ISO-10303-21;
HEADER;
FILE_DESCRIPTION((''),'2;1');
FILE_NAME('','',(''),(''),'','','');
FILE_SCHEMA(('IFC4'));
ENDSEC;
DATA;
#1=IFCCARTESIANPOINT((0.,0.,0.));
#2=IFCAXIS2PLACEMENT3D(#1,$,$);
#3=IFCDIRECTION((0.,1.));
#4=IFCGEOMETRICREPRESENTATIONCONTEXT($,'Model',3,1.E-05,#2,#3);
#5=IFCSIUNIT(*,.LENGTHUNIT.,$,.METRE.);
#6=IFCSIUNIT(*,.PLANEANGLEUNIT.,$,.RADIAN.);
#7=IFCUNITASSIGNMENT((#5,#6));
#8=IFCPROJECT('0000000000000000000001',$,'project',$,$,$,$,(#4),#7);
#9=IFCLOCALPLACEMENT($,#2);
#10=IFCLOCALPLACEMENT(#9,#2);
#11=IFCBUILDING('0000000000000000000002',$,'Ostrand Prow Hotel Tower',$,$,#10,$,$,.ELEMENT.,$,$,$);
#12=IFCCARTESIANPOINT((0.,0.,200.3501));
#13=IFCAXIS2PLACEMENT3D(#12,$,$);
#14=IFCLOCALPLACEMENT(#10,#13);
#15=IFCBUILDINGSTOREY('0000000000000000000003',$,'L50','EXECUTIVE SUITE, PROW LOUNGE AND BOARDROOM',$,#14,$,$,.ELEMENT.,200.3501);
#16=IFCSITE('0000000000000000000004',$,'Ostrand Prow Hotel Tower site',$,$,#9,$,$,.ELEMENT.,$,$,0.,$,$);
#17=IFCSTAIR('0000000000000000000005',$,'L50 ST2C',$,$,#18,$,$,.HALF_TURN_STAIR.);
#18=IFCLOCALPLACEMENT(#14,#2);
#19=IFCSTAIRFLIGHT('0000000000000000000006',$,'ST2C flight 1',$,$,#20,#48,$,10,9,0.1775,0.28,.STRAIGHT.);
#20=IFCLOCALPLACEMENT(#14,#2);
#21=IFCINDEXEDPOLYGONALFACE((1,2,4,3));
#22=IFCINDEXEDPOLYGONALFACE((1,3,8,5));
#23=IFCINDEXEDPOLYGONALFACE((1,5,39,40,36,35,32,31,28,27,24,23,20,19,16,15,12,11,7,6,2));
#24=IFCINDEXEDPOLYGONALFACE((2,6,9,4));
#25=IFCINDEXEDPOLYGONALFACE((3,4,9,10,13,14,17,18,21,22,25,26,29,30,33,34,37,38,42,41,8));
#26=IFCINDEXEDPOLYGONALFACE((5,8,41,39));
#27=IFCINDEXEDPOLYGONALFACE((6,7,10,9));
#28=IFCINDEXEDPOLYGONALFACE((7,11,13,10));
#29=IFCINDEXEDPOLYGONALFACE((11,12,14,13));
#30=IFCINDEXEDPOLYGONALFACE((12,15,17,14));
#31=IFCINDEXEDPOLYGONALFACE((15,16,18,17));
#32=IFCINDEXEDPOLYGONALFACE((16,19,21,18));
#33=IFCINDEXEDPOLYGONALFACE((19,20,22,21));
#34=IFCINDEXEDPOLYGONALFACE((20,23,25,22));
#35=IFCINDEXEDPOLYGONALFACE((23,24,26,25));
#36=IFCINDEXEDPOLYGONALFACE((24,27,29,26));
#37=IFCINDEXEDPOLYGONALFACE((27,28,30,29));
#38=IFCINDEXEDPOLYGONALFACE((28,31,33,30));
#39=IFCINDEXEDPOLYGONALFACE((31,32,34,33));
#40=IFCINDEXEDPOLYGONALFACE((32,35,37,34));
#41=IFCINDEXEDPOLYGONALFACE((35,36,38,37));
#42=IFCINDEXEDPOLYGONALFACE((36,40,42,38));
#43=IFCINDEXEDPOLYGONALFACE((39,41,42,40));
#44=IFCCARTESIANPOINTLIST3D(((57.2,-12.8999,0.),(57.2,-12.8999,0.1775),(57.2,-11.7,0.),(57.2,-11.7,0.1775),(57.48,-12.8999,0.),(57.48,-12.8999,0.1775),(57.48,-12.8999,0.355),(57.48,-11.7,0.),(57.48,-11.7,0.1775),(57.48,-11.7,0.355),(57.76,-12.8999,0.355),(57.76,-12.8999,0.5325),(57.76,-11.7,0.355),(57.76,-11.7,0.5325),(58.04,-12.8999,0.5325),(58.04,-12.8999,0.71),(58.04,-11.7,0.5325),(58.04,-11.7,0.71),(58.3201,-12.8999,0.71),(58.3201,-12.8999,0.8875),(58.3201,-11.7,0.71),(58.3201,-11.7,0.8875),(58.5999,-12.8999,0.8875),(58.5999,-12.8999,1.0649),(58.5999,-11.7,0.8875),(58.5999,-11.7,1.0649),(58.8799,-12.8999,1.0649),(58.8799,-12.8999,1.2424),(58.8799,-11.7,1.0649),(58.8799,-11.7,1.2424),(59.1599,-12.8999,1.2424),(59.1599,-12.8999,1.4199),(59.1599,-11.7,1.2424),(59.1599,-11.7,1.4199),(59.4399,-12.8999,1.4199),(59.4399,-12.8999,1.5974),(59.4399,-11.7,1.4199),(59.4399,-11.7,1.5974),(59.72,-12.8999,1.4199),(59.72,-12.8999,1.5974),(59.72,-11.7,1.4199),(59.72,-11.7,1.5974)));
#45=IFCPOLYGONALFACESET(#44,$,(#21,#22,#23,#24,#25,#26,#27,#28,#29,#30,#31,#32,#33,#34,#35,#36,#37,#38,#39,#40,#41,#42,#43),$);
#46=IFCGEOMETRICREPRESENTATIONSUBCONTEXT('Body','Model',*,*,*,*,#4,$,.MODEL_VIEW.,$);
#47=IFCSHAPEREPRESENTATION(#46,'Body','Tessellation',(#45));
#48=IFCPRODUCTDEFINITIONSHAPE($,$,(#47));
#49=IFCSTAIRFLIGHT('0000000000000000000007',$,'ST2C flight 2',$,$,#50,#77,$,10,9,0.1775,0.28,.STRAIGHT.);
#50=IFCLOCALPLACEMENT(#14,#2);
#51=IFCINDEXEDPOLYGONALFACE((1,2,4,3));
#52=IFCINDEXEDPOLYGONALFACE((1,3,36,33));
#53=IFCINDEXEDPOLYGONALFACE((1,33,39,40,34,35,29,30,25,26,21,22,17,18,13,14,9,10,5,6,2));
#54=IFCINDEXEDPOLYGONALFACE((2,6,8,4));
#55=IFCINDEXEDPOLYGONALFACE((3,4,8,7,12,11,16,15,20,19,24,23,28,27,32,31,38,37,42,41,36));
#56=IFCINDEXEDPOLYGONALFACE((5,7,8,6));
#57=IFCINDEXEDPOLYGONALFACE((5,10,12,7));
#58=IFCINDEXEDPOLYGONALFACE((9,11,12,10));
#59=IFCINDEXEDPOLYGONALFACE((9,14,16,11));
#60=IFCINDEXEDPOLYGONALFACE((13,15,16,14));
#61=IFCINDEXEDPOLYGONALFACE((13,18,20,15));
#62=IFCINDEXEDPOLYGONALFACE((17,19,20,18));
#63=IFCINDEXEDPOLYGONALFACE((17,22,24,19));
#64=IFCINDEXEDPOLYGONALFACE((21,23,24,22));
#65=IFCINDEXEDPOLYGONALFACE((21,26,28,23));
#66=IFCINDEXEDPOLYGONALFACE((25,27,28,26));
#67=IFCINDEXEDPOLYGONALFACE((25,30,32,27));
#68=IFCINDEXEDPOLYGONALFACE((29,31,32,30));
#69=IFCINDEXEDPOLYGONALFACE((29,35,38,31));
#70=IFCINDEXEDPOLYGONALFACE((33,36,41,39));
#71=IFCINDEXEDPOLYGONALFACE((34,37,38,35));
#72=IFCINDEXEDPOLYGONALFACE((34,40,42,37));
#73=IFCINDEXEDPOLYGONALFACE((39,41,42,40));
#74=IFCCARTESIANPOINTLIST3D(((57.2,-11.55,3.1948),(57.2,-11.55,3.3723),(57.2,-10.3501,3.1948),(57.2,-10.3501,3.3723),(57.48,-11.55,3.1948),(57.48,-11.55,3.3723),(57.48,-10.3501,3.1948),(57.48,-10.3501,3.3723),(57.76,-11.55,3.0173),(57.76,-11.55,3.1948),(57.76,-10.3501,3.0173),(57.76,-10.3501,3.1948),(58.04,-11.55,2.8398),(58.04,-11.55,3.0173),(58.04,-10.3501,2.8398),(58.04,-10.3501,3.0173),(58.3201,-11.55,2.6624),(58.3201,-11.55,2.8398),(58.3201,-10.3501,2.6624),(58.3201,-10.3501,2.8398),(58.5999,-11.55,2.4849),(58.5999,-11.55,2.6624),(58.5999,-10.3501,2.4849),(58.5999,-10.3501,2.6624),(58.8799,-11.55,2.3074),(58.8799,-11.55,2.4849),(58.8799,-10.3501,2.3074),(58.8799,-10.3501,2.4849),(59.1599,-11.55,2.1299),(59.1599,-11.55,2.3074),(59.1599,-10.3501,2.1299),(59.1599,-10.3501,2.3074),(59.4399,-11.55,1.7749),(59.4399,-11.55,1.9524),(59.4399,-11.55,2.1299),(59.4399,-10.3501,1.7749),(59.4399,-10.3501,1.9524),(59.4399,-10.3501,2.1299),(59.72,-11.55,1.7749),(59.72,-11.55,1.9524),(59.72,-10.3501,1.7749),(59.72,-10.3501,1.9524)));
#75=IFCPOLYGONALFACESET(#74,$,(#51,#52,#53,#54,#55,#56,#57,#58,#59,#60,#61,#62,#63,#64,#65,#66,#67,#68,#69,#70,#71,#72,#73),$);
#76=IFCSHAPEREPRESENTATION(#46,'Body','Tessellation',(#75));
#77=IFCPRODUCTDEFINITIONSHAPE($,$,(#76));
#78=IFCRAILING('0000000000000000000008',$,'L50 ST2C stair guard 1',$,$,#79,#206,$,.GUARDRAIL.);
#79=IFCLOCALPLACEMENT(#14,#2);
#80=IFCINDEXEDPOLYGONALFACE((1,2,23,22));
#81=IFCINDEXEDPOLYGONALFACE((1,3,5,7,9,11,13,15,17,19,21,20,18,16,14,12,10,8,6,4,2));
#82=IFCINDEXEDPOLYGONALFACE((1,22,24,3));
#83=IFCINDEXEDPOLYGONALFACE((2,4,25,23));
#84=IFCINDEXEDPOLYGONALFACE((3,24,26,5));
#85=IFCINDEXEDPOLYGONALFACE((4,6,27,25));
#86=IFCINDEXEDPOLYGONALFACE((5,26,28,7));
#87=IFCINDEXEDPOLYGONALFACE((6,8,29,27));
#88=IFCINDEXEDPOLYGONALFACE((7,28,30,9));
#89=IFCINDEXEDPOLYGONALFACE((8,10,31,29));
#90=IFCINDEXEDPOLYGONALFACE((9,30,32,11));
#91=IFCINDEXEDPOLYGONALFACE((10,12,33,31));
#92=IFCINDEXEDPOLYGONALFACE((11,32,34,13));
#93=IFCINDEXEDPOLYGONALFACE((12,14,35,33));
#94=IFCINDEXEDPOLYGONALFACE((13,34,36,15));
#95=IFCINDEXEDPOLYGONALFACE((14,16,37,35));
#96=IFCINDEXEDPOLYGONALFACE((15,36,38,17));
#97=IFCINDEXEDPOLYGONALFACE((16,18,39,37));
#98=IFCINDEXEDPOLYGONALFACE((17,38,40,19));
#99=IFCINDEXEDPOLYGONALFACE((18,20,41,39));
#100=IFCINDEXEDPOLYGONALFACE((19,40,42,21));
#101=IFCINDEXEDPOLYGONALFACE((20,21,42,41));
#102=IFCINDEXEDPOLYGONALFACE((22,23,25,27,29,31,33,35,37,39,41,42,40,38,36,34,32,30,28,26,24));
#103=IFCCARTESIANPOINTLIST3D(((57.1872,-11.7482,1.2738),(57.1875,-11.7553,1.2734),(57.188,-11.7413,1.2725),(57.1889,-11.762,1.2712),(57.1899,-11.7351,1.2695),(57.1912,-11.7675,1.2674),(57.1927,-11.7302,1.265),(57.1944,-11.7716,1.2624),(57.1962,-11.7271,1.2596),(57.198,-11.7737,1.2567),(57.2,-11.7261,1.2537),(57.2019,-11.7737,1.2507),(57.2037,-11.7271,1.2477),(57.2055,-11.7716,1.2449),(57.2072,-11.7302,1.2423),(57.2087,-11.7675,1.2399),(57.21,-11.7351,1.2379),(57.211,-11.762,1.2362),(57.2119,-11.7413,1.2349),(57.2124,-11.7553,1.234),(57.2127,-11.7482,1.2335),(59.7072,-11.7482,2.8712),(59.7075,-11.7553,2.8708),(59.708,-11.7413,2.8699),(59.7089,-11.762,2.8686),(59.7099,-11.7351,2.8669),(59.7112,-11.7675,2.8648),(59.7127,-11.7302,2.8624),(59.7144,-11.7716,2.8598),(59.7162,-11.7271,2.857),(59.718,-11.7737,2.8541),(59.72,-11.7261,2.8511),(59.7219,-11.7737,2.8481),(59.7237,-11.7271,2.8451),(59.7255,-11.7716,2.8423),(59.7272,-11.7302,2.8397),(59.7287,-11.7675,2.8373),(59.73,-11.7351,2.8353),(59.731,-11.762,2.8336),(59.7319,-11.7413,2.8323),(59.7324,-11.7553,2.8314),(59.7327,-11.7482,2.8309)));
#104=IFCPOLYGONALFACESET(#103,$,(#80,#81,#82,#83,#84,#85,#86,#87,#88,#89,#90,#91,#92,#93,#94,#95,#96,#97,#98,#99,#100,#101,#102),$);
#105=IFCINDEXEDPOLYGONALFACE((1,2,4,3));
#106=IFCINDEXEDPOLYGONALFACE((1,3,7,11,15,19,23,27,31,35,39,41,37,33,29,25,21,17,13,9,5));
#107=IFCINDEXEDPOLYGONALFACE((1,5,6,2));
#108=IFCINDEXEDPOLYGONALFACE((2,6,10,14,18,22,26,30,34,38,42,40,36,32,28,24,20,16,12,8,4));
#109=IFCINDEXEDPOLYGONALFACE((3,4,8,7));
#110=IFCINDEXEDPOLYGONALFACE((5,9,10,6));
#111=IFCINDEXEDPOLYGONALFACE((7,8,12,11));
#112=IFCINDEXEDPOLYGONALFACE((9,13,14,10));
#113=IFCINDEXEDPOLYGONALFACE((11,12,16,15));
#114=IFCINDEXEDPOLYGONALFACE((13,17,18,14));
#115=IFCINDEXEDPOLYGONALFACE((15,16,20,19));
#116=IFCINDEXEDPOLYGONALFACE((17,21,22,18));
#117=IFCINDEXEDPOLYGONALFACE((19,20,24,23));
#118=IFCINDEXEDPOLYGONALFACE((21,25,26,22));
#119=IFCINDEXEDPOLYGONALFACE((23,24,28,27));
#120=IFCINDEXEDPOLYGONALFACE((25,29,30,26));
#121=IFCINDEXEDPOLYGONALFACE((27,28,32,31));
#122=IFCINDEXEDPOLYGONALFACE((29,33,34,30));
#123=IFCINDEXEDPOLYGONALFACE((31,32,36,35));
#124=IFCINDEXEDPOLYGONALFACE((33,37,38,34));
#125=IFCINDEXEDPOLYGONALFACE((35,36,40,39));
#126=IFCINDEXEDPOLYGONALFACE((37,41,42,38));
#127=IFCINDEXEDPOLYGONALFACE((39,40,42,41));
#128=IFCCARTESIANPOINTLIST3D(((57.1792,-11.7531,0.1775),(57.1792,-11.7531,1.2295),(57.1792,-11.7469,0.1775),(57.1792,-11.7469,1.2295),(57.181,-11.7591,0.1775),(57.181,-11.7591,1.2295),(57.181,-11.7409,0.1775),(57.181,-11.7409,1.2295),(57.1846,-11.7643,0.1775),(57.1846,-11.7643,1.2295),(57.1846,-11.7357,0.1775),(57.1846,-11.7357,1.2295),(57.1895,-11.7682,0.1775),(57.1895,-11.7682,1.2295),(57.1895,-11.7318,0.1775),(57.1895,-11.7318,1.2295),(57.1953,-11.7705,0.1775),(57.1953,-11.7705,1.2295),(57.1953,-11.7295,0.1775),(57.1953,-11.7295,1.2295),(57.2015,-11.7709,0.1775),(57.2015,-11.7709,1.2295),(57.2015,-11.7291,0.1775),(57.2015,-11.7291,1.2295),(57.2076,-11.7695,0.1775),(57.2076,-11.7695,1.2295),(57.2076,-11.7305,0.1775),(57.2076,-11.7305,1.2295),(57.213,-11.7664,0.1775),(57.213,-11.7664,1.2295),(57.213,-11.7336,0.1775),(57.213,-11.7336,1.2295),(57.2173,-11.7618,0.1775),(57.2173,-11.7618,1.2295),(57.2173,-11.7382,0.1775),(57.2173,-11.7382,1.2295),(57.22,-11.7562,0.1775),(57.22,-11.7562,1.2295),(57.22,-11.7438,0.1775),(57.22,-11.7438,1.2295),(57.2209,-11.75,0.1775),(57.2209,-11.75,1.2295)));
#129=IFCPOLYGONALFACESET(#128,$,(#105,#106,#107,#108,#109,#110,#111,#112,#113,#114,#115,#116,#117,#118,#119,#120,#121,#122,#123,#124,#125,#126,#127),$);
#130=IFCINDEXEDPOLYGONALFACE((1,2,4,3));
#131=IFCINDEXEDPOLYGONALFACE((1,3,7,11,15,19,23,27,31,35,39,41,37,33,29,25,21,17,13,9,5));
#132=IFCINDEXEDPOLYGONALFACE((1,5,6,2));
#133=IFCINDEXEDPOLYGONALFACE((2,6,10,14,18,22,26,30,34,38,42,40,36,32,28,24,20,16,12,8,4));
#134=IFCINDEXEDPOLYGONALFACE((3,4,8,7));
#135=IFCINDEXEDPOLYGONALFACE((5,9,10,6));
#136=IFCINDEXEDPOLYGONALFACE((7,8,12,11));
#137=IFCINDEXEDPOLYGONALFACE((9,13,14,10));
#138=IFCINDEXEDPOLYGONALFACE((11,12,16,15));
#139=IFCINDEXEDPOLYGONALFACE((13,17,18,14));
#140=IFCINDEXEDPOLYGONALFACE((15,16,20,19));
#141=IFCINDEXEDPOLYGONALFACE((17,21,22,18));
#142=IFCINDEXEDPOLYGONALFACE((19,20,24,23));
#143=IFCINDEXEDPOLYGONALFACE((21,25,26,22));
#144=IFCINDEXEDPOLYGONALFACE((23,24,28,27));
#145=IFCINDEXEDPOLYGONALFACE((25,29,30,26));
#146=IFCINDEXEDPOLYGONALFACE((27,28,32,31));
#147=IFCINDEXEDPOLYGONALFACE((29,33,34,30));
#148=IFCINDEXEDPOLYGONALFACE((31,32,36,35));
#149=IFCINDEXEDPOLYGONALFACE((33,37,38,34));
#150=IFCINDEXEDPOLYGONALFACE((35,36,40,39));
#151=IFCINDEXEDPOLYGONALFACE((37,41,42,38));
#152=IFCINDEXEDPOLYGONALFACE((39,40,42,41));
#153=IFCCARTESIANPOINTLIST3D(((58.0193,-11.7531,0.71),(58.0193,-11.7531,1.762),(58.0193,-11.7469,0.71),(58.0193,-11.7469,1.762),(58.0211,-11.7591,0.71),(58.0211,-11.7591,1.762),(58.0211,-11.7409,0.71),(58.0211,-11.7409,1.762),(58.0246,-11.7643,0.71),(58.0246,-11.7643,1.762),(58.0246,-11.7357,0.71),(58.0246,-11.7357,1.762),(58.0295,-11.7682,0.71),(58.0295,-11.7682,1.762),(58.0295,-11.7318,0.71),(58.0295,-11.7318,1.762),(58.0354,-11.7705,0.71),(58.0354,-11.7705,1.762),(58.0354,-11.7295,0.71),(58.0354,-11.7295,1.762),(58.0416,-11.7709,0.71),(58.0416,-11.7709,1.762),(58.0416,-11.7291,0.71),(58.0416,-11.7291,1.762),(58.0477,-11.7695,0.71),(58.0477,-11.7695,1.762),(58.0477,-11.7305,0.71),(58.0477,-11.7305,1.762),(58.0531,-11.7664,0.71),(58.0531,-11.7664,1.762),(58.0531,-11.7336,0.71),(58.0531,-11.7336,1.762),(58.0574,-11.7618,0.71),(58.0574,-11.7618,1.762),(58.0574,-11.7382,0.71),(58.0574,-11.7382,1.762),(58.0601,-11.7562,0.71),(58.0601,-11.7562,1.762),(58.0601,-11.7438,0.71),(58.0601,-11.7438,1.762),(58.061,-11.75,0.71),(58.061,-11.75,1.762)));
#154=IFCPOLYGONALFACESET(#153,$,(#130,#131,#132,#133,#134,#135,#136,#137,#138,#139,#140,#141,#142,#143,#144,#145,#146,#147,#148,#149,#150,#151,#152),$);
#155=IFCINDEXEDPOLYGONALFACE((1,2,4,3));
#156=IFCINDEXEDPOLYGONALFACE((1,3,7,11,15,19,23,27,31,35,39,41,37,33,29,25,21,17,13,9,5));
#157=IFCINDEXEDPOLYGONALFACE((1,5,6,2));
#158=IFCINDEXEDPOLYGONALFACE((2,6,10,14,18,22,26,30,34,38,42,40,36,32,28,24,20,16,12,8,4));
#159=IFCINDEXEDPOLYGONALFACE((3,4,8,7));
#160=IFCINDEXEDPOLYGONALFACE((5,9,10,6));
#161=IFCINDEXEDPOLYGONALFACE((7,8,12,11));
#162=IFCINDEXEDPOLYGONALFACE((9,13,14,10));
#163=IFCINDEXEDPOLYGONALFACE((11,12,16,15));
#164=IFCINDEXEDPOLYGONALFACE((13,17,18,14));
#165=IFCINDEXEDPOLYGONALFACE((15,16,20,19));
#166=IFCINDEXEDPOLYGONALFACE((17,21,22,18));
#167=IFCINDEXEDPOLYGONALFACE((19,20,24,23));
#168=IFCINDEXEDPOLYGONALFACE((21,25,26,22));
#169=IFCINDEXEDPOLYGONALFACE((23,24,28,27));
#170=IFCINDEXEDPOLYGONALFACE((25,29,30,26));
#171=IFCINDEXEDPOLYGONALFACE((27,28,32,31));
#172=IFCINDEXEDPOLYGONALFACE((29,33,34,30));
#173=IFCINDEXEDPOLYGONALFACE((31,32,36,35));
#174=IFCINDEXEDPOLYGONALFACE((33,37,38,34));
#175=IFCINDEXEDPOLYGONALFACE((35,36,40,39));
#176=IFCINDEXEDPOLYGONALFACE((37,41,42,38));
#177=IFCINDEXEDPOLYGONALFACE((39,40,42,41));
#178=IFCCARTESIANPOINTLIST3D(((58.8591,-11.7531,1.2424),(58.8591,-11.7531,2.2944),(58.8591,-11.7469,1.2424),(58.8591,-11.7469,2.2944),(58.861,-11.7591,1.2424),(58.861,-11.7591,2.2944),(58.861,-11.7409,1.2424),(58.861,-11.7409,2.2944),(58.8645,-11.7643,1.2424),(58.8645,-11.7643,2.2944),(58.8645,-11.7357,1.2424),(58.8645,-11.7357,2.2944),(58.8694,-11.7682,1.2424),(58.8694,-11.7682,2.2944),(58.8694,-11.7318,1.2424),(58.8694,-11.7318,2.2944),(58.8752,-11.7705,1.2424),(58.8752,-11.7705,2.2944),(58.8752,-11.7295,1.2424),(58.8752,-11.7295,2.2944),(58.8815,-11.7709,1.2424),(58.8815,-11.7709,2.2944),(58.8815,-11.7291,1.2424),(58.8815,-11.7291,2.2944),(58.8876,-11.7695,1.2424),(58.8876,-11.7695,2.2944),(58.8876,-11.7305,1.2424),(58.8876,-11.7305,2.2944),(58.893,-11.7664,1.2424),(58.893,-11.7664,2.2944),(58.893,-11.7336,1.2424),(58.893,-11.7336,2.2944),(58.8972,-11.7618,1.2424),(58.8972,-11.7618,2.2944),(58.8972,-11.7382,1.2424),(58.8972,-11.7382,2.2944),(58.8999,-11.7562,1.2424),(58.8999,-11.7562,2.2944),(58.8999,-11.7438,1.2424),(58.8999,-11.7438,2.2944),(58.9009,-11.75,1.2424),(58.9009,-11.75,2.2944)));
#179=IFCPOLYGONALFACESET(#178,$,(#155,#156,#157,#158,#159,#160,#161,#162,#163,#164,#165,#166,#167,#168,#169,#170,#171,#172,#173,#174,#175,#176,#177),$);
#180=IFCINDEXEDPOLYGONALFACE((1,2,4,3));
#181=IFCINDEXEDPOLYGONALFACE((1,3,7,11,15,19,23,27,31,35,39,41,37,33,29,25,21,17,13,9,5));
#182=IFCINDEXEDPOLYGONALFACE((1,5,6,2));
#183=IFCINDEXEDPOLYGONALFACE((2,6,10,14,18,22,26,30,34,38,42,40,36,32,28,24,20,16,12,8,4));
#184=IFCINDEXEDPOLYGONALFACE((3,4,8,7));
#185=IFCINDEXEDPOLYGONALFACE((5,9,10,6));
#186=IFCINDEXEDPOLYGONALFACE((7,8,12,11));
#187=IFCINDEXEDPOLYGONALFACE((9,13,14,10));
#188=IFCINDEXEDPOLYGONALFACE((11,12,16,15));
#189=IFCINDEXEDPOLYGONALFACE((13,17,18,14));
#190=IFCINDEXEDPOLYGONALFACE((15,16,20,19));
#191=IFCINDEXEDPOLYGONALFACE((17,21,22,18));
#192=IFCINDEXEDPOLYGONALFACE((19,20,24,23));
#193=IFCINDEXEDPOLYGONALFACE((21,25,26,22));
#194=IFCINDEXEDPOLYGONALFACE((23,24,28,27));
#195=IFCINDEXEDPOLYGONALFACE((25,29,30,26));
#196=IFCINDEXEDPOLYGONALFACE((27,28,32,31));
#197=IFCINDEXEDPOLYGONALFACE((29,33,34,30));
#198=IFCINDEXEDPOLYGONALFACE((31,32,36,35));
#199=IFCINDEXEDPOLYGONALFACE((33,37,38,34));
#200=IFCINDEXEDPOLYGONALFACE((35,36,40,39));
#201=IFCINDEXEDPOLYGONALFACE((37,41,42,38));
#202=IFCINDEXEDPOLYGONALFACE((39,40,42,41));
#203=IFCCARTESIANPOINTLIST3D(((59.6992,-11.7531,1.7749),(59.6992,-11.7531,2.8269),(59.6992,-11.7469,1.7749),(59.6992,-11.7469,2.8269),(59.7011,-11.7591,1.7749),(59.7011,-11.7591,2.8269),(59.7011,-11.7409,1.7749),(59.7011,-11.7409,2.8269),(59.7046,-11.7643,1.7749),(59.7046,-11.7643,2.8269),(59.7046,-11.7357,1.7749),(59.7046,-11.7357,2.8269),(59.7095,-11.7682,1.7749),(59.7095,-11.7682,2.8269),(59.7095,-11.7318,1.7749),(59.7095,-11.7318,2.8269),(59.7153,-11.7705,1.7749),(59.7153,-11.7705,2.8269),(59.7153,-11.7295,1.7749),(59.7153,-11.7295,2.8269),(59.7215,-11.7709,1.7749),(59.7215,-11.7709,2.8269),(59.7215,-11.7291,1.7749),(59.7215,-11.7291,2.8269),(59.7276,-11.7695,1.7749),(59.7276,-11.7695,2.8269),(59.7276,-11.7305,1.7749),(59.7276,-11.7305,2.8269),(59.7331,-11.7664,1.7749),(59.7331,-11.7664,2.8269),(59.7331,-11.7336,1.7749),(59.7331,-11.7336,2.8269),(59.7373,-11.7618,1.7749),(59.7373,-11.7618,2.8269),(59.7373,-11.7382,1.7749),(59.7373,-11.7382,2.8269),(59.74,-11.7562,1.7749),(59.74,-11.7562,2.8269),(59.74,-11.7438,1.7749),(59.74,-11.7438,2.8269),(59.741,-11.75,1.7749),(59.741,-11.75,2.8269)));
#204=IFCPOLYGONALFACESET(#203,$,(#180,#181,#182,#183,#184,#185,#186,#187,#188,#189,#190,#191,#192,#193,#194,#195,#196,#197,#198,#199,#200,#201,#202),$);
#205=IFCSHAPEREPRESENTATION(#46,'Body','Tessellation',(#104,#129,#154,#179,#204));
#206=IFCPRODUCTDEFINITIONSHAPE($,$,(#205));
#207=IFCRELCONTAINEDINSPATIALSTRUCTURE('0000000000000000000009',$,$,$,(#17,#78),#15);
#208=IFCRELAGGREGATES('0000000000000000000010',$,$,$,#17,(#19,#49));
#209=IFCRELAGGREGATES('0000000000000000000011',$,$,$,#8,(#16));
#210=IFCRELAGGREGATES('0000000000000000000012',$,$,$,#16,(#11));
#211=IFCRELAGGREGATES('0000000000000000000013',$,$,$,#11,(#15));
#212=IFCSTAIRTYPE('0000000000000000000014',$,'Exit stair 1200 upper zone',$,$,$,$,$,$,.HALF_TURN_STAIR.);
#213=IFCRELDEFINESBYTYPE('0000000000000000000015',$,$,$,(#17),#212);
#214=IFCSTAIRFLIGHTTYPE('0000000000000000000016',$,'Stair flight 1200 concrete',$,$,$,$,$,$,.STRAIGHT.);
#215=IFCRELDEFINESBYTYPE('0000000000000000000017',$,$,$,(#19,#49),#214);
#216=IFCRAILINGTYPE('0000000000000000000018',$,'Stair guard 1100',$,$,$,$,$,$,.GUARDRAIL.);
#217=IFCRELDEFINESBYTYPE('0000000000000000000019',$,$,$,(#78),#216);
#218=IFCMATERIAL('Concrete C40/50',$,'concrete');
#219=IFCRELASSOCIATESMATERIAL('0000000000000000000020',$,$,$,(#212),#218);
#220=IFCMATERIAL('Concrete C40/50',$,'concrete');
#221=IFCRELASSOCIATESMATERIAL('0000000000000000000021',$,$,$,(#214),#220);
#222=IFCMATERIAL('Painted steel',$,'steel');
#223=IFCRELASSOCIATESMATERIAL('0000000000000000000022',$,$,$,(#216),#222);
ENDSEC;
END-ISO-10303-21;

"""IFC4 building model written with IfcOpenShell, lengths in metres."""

from ifc_helpers import new_model, si_unit, direction, frame, origin, origin_2d, place, context, subcontext, project, spatial, polyline, circle, outline, extrude, material, type_object, element, aggregate, save


model = new_model("IFC4")

# Units and contexts
model_context = context("Model", 3, precision=1e-05, world=origin(), true_north=direction((0.0, 1.0)))
body_context = subcontext(model_context, "Body", "Model", "MODEL_VIEW")
ifc_project = project(units=[si_unit("LENGTHUNIT", "METRE"), si_unit("PLANEANGLEUNIT", "RADIAN")], contexts=[model_context])

# Site, building, storey
site_placement = place(None, origin())
site = spatial("IfcSite", under=ifc_project, at=site_placement, Name="Ostrand Prow Hotel Tower site", CompositionType="ELEMENT", RefElevation=0.0)
building_placement = place(site_placement, origin())
building = spatial("IfcBuilding", under=site, at=building_placement, Name="Ostrand Prow Hotel Tower", CompositionType="ELEMENT")
storey_placement = place(building_placement, frame((0.0, 0.0, 200.3501)))
storey = spatial("IfcBuildingStorey", under=building, at=storey_placement, Name="L50", Description="EXECUTIVE SUITE, PROW LOUNGE AND BOARDROOM", CompositionType="ELEMENT", Elevation=200.3501)

# Stair, stair flights
ifc_material_1 = material(Name="Concrete C40/50", Category="concrete")
stair_type = type_object("IfcStairType", Name="Exit stair 1200 upper zone", PredefinedType="HALF_TURN_STAIR", material=ifc_material_1)
stair_placement = place(storey_placement, origin())
stair = element("IfcStair", 1, at=stair_placement, inside=storey, type_object=stair_type, Name="L50 ST2C", PredefinedType="HALF_TURN_STAIR")
ifc_material_2 = material(Name="Concrete C40/50", Category="concrete")
stair_flight_type = type_object("IfcStairFlightType", Name="Stair flight 1200 concrete", PredefinedType="STRAIGHT", material=ifc_material_2)
stair_flight_1_placement = place(storey_placement, frame((57.2, -12.3, 0.0), z_axis=(0.0, 0.0, 1.0), x_axis=(1.0, 0.0, 0.0)))
stair_flight_1 = element("IfcStairFlight", 2, at=stair_flight_1_placement, type_object=stair_flight_type, Name="ST2C flight 1", NumberOfRisers=10, NumberOfTreads=9, PredefinedType="STRAIGHT", RiserHeight=0.1775, TreadLength=0.28, context=body_context, shape_type="SweptSolid", body=[
    extrude(outline(polyline([(0.0, 0.0), (0.0, 0.1775), (0.28, 0.1775), (0.28, 0.355), (0.5601, 0.355), (0.5601, 0.5325), (0.8401, 0.5325), (0.8401, 0.71), (1.1201, 0.71), (1.1201, 0.8875), (1.3999, 0.8875), (1.3999, 1.0649), (1.6799, 1.0649), (1.6799, 1.2424), (1.96, 1.2424), (1.96, 1.4199), (2.24, 1.4199), (2.24, 1.5974), (2.52, 1.5974), (2.52, 1.7749), (2.52, 1.4199), (0.28, 0.0), (0.0, 0.0)])), frame((0.0, 0.6001, 0.0), z_axis=(0.0, -1.0, 0.0), x_axis=(1.0, 0.0, 0.0)), (0.0, 0.0, 1.0), 1.2),
])
stair_flight_2_placement = place(storey_placement, frame((59.72, -10.95, 1.7749), z_axis=(0.0, 0.0, 1.0), x_axis=(-1.0, 0.0, 0.0)))
stair_flight_2 = element("IfcStairFlight", 3, at=stair_flight_2_placement, type_object=stair_flight_type, Name="ST2C flight 2", NumberOfRisers=10, NumberOfTreads=9, PredefinedType="STRAIGHT", RiserHeight=0.1775, TreadLength=0.28, context=body_context, shape_type="SweptSolid", body=[
    extrude(outline(polyline([(0.0, 0.0), (0.0, 0.1775), (0.28, 0.1775), (0.28, 0.355), (0.5601, 0.355), (0.5601, 0.5325), (0.8401, 0.5325), (0.8401, 0.71), (1.1201, 0.71), (1.1201, 0.8875), (1.3999, 0.8875), (1.3999, 1.0649), (1.6799, 1.0649), (1.6799, 1.2424), (1.96, 1.2424), (1.96, 1.4199), (2.24, 1.4199), (2.24, 1.5974), (2.52, 1.5974), (2.52, 1.7749), (2.52, 1.4199), (0.28, 0.0), (0.0, 0.0)])), frame((0.0, 0.6001, 0.0), z_axis=(0.0, -1.0, 0.0), x_axis=(1.0, 0.0, 0.0)), (0.0, 0.0, 1.0), 1.2),
])
aggregate(stair, [stair_flight_1, stair_flight_2])

# Railing
ifc_material_3 = material(Name="Painted steel", Category="steel")
railing_type_1 = type_object("IfcRailingType", Name="Stair guard 1100", PredefinedType="GUARDRAIL", material=ifc_material_3)
railing_1_placement = place(storey_placement, frame((57.2, -11.75, 0.1775)))
element("IfcRailing", 4, at=railing_1_placement, inside=storey, type_object=railing_type_1, Name="L50 ST2C stair guard 1", PredefinedType="GUARDRAIL", context=body_context, shape_type="SweptSolid", body=[
    extrude(circle(Radius=0.0239, at=origin_2d()), frame((0.0, 0.0, 1.0762), z_axis=(0.844607, 0.0, 0.535387), x_axis=(0.0, 1.0, 0.0)), (0.0, 0.0, 1.0), 2.9836),
    extrude(circle(Radius=0.021, at=origin_2d()), origin(), (0.0, 0.0, 1.0), 1.052),
    extrude(circle(Radius=0.021, at=origin_2d()), frame((0.8401, 0.0, 0.5325)), (0.0, 0.0, 1.0), 1.052),
    extrude(circle(Radius=0.021, at=origin_2d()), frame((1.6799, 0.0, 1.0649)), (0.0, 0.0, 1.0), 1.052),
    extrude(circle(Radius=0.021, at=origin_2d()), frame((2.52, 0.0, 1.5974)), (0.0, 0.0, 1.0), 1.052),
])

save(model, "model.ifc")
